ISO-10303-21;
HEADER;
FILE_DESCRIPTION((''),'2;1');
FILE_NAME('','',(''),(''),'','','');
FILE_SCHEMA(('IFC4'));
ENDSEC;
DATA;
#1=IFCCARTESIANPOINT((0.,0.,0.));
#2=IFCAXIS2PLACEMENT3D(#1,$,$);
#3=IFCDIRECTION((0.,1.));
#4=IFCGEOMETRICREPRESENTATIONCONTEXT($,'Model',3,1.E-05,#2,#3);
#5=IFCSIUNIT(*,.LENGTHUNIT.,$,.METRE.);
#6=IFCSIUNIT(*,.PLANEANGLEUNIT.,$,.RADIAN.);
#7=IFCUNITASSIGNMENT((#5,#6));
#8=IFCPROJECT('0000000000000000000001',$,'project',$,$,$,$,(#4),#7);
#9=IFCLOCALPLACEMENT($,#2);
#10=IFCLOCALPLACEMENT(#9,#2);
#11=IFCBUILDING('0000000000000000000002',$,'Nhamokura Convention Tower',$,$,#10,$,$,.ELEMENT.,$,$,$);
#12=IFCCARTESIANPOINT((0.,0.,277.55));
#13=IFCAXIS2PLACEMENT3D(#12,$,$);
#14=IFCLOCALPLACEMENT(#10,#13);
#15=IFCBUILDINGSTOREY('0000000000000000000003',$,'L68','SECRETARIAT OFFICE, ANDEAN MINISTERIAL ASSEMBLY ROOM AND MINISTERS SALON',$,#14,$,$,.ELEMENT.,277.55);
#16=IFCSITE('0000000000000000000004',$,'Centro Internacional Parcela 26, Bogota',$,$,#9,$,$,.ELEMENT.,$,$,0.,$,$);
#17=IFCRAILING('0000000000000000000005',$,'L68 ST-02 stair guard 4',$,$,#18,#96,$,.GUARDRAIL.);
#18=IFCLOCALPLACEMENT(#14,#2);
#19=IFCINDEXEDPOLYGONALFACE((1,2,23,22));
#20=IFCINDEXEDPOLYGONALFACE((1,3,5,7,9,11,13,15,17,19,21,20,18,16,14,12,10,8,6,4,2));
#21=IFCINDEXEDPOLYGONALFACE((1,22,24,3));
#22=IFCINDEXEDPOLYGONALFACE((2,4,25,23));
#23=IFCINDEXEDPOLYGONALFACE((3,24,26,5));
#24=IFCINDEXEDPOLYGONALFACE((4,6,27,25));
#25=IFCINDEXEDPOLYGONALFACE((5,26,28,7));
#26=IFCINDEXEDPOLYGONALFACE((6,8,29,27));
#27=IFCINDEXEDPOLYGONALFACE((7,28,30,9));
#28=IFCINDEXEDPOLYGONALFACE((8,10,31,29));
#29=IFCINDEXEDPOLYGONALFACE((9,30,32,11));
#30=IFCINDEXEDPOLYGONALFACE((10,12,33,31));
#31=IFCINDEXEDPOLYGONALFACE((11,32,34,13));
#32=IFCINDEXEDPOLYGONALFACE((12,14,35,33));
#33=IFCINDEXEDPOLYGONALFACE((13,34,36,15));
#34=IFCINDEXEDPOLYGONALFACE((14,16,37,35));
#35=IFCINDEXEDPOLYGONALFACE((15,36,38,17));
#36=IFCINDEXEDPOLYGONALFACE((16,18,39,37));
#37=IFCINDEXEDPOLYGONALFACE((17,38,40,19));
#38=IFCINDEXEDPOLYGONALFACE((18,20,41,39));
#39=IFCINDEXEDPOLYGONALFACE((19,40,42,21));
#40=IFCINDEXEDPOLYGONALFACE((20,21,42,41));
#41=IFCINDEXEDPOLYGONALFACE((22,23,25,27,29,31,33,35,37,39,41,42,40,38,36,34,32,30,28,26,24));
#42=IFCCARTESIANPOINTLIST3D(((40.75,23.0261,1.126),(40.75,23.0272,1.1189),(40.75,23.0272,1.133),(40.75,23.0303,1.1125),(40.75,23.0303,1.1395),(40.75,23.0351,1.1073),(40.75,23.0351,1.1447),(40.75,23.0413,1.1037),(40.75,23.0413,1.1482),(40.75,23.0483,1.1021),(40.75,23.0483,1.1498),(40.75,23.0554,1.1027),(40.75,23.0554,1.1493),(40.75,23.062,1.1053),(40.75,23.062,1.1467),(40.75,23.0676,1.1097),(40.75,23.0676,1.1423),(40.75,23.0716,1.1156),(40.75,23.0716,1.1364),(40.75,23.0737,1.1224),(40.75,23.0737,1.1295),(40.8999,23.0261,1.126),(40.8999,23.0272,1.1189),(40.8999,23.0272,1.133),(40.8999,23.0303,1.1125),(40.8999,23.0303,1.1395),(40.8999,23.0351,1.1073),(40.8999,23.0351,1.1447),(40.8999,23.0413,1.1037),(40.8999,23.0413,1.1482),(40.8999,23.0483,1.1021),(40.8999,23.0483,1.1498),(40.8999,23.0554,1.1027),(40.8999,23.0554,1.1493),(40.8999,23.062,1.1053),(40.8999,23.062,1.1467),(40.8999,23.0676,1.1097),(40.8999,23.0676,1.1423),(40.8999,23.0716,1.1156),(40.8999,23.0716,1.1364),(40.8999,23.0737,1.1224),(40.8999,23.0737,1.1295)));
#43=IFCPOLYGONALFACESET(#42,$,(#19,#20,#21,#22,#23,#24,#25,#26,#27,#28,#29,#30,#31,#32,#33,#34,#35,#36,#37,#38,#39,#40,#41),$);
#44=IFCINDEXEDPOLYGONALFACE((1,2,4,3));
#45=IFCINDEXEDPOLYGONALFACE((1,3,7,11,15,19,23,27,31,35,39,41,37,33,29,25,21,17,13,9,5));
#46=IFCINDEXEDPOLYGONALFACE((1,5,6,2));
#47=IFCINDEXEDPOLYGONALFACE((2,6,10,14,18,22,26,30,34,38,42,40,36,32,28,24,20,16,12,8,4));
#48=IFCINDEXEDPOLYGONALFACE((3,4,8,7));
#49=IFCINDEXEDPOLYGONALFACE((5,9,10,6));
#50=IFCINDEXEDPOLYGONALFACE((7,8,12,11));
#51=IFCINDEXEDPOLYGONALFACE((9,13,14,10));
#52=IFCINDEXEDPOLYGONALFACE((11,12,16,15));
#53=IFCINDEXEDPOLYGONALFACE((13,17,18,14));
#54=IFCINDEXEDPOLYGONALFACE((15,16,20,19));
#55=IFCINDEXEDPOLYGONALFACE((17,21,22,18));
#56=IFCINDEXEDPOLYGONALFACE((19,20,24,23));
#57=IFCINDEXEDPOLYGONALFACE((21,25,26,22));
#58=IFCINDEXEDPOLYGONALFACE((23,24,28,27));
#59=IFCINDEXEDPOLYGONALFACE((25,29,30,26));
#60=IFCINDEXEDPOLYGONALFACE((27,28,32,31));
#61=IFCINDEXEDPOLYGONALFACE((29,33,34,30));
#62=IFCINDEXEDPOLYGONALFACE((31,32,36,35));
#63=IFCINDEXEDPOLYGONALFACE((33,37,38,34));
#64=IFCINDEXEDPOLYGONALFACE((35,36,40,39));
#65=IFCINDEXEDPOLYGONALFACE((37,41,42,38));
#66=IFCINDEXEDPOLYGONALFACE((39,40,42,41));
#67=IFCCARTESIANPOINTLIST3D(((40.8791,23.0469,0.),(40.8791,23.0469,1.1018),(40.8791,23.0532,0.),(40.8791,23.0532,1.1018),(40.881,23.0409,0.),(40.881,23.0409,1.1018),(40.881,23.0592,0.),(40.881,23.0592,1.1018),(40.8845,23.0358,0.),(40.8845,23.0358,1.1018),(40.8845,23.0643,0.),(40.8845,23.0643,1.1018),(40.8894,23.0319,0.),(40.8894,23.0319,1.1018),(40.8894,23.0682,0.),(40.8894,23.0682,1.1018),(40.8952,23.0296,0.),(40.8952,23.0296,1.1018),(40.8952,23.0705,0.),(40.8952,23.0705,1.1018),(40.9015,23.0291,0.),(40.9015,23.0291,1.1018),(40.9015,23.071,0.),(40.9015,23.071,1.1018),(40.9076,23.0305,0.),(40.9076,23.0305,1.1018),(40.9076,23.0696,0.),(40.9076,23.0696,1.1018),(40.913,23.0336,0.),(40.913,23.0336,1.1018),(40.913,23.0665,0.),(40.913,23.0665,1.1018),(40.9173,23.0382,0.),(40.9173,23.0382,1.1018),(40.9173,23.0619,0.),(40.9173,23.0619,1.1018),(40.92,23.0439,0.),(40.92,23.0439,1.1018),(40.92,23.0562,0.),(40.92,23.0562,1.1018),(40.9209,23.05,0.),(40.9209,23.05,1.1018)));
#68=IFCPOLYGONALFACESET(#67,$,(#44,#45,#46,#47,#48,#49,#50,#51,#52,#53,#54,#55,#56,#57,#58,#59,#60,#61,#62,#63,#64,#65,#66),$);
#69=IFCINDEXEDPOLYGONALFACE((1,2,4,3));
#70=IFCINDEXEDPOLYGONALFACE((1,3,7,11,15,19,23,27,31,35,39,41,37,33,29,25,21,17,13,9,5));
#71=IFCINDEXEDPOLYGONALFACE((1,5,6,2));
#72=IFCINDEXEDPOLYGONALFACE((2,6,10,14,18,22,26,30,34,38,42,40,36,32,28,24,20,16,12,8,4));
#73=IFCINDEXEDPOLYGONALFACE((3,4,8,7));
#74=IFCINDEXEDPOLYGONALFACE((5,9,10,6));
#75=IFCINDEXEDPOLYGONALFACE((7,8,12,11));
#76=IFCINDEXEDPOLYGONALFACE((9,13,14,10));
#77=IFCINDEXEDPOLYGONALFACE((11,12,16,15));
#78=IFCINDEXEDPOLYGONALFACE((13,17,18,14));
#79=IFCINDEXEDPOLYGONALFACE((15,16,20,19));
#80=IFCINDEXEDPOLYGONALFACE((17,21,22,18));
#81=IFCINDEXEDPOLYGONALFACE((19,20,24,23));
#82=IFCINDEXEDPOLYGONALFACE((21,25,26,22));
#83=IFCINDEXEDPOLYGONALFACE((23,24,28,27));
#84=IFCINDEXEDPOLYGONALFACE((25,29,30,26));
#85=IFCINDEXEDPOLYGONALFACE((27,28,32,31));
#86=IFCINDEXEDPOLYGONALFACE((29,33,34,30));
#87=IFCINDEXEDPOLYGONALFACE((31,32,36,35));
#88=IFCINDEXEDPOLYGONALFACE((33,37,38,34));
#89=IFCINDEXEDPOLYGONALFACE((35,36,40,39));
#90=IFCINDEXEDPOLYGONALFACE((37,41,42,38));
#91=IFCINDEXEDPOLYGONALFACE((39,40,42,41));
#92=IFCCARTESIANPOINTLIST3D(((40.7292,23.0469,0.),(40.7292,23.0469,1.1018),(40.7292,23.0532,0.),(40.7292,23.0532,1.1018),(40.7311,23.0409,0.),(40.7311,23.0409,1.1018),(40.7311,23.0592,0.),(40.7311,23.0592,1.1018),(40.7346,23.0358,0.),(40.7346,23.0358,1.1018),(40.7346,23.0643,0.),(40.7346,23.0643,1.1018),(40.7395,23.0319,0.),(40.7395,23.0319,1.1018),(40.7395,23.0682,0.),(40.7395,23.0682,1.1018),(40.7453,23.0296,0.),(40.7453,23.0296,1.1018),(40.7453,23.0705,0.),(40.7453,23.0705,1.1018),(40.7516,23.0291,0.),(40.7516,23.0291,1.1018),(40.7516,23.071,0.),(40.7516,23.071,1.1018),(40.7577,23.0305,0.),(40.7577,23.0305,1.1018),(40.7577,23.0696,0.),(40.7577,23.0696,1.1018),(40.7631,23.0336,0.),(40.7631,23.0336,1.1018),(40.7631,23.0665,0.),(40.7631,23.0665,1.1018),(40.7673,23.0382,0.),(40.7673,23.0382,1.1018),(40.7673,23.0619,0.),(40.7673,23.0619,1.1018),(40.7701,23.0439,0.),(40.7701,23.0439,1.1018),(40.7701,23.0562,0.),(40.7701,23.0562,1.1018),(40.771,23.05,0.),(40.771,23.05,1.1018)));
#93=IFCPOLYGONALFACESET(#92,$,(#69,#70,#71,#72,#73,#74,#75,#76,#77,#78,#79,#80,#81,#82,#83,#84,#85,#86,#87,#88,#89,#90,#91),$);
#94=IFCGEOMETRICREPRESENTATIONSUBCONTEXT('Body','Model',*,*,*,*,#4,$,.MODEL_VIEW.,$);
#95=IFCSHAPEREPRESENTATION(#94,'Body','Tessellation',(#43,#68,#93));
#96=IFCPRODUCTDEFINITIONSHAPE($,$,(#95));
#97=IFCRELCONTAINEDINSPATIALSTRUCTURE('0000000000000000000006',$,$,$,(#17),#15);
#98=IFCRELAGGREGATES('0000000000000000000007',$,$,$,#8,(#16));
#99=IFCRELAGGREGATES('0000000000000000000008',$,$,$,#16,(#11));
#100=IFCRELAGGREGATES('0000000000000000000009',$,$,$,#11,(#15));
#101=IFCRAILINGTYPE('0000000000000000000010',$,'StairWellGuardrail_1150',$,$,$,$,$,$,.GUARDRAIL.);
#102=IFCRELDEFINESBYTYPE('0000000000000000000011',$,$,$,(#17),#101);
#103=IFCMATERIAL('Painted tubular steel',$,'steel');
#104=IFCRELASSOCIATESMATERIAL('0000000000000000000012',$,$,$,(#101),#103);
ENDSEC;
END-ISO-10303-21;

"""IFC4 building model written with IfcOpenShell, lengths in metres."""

from ifc_helpers import new_model, si_unit, direction, frame, origin, origin_2d, place, context, subcontext, project, spatial, circle, extrude, material, type_object, element, save


model = new_model("IFC4")

# Units and contexts
model_context = context("Model", 3, precision=1e-05, world=origin(), true_north=direction((0.0, 1.0)))
body_context = subcontext(model_context, "Body", "Model", "MODEL_VIEW")
ifc_project = project(units=[si_unit("LENGTHUNIT", "METRE"), si_unit("PLANEANGLEUNIT", "RADIAN")], contexts=[model_context])

# Site, building, storey
site_placement = place(None, origin())
site = spatial("IfcSite", under=ifc_project, at=site_placement, Name="Centro Internacional Parcela 26, Bogota", CompositionType="ELEMENT", RefElevation=0.0)
building_placement = place(site_placement, origin())
building = spatial("IfcBuilding", under=site, at=building_placement, Name="Nhamokura Convention Tower", CompositionType="ELEMENT")
storey_placement = place(building_placement, frame((0.0, 0.0, 277.55)))
storey = spatial("IfcBuildingStorey", under=building, at=storey_placement, Name="L68", Description="SECRETARIAT OFFICE, ANDEAN MINISTERIAL ASSEMBLY ROOM AND MINISTERS SALON", CompositionType="ELEMENT", Elevation=277.55)

# Railing
ifc_material_1 = material(Name="Painted tubular steel", Category="steel")
railing_type_1 = type_object("IfcRailingType", Name="StairWellGuardrail_1150", PredefinedType="GUARDRAIL", material=ifc_material_1)
railing_1_placement = place(storey_placement, frame((40.8999, 23.05, 0.0)))
element("IfcRailing", 1, at=railing_1_placement, inside=storey, type_object=railing_type_1, Name="L68 ST-02 stair guard 4", PredefinedType="GUARDRAIL", context=body_context, shape_type="SweptSolid", body=[
    extrude(circle(Radius=0.0239, at=origin_2d()), frame((0.0, 0.0, 1.126), z_axis=(-1.0, 0.0, 0.0), x_axis=(0.0, -1.0, 0.0)), (0.0, 0.0, 1.0), 0.1499),
    extrude(circle(Radius=0.021, at=origin_2d()), origin(), (0.0, 0.0, 1.0), 1.1018),
    extrude(circle(Radius=0.021, at=origin_2d()), frame((-0.1499, 0.0, 0.0)), (0.0, 0.0, 1.0), 1.1018),
])

save(model, "model.ifc")
